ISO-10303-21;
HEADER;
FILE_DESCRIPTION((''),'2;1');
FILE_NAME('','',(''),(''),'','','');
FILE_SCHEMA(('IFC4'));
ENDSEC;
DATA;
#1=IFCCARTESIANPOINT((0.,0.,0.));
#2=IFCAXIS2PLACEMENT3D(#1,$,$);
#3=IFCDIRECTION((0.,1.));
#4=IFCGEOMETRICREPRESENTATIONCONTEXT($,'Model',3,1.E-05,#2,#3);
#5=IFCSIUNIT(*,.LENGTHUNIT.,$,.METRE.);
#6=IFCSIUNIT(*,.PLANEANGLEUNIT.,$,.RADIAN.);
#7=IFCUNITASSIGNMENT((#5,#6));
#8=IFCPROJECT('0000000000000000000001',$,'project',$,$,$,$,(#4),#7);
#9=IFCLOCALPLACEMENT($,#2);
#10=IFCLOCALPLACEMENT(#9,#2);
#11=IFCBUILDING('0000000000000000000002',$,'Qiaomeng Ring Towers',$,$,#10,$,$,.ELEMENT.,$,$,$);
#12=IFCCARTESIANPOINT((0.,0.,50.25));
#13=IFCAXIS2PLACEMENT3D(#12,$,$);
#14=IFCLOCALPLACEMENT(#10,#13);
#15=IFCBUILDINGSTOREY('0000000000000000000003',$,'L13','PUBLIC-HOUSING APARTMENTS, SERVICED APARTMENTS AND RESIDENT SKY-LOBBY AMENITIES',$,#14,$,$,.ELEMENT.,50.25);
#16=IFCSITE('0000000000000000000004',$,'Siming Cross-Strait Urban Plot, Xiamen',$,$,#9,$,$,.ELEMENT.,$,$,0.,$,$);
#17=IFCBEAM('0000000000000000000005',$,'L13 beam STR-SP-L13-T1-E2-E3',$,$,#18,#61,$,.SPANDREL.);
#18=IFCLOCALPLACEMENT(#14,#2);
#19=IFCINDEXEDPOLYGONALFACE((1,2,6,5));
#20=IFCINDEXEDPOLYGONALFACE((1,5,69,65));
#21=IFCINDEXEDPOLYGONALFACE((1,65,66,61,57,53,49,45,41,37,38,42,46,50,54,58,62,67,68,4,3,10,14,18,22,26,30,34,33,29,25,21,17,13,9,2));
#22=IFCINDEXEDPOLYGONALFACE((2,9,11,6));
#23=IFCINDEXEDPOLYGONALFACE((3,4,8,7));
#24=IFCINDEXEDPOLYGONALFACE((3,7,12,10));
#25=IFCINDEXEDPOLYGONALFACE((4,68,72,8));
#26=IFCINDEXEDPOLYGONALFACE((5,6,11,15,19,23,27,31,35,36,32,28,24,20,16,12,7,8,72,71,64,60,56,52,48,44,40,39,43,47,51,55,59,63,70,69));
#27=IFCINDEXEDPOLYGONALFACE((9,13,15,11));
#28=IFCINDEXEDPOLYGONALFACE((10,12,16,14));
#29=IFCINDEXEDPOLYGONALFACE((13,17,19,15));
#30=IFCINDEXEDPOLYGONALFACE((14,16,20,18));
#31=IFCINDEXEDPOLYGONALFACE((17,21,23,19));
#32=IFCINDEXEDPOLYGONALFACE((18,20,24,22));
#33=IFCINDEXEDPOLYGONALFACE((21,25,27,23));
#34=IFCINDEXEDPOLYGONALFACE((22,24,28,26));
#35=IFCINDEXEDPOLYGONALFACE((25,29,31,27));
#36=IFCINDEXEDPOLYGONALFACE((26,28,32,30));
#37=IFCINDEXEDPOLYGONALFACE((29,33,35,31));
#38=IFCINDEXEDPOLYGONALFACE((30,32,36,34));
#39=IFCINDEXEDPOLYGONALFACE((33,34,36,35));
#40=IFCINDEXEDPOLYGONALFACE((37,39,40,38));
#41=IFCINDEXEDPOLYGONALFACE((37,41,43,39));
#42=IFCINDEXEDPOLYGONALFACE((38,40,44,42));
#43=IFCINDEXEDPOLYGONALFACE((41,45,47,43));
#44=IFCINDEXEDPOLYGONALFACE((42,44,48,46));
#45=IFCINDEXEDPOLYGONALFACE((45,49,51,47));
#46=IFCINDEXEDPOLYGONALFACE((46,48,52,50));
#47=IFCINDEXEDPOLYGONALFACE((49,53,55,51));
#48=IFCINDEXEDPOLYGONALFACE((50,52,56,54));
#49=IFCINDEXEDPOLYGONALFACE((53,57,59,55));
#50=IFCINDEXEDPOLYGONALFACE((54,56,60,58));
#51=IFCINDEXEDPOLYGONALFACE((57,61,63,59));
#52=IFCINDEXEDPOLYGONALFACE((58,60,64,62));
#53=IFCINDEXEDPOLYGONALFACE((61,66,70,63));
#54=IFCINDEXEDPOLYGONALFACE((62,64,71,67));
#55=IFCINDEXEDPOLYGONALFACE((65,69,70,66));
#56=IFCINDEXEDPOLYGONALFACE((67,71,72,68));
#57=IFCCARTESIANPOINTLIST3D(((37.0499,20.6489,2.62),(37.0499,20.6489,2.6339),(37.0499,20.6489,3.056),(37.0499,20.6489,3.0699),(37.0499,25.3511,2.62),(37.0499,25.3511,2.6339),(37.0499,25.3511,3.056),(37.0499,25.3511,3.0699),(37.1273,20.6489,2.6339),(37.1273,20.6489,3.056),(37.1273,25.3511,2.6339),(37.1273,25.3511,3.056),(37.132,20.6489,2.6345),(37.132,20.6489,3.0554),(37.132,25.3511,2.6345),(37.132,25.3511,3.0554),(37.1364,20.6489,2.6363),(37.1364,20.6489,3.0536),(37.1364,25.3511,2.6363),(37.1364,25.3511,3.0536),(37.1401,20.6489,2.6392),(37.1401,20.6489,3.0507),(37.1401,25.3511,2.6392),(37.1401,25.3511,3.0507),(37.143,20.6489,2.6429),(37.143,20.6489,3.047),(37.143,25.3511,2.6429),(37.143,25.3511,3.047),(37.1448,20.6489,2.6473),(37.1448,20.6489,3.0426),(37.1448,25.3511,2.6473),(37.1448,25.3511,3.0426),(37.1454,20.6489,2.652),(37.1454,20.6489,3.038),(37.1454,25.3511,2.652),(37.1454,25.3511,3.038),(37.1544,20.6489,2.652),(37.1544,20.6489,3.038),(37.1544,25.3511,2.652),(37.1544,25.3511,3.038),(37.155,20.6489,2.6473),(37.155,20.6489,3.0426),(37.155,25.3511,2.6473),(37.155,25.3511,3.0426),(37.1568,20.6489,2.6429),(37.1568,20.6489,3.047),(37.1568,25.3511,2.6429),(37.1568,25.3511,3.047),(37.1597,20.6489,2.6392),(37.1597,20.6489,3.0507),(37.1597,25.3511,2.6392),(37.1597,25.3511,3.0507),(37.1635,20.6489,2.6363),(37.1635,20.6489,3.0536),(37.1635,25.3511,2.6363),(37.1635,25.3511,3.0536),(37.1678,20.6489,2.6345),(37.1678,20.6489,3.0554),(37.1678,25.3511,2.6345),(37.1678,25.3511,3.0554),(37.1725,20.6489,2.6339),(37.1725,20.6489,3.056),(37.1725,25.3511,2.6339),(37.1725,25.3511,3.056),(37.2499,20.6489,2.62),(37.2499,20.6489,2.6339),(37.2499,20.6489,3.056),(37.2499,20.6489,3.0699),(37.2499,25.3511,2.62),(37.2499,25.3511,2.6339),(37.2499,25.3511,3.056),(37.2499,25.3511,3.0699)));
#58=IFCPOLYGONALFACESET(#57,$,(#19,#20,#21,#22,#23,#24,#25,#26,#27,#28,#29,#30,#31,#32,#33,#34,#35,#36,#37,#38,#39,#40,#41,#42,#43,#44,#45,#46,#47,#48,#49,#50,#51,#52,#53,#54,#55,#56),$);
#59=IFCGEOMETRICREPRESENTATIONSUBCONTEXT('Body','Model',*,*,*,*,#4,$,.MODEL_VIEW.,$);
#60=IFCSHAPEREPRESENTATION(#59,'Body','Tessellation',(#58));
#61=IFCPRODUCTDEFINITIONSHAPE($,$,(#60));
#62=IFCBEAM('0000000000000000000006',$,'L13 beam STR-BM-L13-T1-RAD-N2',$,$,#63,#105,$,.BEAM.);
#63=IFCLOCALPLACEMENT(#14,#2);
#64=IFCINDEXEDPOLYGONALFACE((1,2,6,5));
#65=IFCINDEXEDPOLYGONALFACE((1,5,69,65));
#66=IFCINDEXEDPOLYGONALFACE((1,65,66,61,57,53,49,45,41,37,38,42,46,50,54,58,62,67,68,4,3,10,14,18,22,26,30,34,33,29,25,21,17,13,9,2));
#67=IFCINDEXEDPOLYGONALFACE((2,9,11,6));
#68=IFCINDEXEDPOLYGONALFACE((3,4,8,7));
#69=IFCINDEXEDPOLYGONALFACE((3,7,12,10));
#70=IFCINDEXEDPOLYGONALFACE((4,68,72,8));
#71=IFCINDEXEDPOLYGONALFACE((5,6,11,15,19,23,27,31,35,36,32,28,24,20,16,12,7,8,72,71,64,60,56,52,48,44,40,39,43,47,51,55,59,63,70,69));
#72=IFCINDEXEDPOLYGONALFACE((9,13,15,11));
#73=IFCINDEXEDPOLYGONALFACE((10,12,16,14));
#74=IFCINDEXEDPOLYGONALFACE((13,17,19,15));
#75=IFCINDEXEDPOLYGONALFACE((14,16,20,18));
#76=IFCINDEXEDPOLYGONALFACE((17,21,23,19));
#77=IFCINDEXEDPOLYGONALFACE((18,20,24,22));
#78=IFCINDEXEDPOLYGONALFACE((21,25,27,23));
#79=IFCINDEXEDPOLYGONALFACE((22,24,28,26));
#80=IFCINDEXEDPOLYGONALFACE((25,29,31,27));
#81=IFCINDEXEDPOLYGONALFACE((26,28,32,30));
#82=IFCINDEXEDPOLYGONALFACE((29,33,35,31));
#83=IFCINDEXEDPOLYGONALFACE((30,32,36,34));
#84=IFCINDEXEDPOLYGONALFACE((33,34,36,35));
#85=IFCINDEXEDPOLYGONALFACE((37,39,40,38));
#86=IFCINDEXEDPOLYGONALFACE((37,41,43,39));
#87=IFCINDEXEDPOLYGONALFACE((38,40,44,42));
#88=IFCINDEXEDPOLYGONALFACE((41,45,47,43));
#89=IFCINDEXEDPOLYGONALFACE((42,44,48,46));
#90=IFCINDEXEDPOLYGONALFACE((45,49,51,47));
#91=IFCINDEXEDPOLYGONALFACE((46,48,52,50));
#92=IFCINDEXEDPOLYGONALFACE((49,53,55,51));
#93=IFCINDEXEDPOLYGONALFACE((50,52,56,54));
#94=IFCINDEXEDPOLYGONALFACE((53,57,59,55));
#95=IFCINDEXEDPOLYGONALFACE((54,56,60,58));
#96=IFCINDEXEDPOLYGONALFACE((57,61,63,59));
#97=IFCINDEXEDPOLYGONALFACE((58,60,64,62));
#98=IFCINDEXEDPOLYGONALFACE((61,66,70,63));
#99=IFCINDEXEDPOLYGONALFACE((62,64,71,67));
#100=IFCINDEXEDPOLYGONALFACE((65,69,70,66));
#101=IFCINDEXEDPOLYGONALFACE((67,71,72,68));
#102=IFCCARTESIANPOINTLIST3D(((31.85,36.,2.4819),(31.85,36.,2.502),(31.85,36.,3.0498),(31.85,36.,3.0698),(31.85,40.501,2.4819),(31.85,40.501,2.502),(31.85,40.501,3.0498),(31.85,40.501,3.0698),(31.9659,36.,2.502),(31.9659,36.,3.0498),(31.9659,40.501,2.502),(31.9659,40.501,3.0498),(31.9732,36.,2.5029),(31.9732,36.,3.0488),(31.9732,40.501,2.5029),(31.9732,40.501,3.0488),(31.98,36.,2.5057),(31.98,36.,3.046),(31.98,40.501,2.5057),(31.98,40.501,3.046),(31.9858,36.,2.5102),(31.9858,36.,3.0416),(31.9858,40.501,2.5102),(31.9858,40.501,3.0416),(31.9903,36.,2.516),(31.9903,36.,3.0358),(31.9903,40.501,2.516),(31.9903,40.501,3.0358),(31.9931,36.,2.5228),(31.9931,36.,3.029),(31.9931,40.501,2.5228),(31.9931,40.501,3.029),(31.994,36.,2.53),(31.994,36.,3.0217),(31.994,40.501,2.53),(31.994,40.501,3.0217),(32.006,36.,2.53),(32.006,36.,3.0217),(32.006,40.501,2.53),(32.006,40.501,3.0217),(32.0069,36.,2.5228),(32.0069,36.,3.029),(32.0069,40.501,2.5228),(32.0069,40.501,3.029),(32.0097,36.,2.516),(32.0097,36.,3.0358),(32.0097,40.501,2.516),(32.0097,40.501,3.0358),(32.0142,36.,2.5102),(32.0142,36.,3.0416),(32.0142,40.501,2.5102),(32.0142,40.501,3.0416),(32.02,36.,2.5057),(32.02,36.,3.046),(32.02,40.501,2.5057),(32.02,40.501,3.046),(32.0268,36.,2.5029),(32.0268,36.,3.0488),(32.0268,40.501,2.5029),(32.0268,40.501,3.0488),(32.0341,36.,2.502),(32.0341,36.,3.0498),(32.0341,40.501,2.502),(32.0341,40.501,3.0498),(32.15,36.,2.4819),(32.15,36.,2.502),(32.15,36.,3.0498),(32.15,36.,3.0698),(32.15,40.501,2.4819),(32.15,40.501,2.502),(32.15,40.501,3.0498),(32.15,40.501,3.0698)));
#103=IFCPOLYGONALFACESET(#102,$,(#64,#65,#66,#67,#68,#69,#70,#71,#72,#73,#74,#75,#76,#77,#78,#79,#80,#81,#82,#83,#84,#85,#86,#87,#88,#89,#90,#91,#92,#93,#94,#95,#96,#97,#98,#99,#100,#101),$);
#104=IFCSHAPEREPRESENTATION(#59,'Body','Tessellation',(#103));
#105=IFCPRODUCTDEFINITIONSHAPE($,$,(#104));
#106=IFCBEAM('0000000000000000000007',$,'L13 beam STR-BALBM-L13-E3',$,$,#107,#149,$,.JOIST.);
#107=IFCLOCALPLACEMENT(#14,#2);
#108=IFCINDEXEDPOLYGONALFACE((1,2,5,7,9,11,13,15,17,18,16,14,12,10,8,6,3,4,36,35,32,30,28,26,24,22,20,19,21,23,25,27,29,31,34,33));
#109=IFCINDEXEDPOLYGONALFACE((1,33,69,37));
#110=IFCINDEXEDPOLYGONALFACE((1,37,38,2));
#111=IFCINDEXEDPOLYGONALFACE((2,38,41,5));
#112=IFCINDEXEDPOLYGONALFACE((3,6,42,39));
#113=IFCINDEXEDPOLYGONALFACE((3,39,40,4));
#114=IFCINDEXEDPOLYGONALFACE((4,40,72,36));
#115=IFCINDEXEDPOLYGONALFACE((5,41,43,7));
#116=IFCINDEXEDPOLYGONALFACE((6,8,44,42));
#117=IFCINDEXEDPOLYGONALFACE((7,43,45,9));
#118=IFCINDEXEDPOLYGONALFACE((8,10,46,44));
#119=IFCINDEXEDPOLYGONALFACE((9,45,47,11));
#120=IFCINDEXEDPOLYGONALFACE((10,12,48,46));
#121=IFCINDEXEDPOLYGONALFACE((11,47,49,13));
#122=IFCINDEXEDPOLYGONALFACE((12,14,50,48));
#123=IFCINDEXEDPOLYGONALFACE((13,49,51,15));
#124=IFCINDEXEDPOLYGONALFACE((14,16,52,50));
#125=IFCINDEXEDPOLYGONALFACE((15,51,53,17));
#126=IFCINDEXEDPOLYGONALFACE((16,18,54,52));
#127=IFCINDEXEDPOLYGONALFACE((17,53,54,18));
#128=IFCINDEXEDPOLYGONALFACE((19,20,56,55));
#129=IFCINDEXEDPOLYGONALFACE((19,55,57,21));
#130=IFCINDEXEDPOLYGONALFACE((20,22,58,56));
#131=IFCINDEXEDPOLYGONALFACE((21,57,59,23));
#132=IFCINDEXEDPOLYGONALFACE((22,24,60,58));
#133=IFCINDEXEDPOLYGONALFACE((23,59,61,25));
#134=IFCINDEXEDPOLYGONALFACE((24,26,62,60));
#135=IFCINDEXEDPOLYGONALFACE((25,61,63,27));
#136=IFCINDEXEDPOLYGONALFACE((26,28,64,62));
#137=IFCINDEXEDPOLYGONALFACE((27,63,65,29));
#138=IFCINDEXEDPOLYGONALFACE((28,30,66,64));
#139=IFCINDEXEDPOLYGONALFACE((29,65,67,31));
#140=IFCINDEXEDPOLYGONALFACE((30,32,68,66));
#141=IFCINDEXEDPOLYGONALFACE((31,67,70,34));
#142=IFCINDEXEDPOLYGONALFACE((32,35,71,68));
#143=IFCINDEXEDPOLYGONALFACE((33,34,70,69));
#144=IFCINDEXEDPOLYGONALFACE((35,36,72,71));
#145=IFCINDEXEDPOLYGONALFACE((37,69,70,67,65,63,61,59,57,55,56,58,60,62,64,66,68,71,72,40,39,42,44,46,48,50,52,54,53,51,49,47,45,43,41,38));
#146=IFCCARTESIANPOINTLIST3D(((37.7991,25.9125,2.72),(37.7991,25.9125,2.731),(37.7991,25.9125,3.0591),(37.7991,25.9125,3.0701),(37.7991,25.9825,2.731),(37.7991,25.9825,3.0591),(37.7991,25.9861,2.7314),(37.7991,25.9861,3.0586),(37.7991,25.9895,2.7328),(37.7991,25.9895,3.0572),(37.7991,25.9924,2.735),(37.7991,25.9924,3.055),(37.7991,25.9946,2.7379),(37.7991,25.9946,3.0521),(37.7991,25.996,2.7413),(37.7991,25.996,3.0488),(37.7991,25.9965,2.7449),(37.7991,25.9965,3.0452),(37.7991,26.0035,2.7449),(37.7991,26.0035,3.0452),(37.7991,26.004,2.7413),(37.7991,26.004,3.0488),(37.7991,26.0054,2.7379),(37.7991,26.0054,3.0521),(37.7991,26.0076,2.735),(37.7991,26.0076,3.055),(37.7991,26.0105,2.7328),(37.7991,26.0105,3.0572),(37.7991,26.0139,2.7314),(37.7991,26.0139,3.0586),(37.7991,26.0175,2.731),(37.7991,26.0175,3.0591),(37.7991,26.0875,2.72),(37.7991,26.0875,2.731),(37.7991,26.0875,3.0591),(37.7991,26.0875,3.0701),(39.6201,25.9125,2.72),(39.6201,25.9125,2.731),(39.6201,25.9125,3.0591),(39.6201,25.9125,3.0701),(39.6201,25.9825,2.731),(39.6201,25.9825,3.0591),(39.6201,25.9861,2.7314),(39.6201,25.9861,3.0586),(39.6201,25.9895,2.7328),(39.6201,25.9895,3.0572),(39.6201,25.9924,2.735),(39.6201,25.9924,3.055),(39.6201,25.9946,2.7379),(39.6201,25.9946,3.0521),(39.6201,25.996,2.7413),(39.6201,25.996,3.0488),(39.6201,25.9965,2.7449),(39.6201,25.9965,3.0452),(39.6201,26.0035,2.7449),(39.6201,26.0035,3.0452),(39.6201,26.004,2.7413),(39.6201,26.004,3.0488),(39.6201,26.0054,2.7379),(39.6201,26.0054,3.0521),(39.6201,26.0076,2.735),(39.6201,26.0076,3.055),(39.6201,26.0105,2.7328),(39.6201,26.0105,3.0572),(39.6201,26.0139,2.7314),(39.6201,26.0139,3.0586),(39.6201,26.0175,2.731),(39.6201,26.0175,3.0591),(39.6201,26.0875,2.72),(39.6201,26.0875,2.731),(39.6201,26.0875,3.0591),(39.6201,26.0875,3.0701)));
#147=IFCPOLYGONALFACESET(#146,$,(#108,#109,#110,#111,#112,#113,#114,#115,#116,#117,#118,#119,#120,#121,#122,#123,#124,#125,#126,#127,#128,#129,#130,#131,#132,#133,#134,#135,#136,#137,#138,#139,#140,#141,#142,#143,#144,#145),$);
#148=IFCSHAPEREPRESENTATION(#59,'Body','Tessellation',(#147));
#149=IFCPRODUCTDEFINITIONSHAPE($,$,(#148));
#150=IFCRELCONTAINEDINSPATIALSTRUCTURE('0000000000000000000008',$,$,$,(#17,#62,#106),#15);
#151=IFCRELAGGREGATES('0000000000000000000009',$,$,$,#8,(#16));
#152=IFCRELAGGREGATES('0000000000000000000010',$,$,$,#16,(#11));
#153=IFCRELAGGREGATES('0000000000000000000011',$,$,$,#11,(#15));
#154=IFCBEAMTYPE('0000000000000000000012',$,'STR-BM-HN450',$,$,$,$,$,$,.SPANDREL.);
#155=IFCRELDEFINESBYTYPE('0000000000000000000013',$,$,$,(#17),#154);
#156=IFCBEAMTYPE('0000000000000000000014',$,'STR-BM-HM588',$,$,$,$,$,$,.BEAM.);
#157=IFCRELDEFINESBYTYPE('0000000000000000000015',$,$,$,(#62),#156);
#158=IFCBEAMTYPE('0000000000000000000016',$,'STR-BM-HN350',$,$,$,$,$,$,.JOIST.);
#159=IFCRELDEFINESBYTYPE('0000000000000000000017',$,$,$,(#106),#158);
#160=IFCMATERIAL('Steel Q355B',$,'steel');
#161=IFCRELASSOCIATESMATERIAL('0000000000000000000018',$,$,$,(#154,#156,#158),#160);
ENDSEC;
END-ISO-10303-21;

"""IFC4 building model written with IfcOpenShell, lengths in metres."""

from ifc_helpers import new_model, si_unit, direction, frame, origin, origin_2d, place, context, subcontext, project, spatial, i_section, extrude, source, transform, mapped, material, material_profile, profile_set, type_object, element, save


model = new_model("IFC4")

# Units and contexts
model_context = context("Model", 3, precision=1e-05, world=origin(), true_north=direction((0.0, 1.0)))
body_context = subcontext(model_context, "Body", "Model", "MODEL_VIEW")
ifc_project = project(units=[si_unit("LENGTHUNIT", "METRE"), si_unit("PLANEANGLEUNIT", "RADIAN")], contexts=[model_context])

# Site, building, storey
site_placement = place(None, origin())
site = spatial("IfcSite", under=ifc_project, at=site_placement, Name="Siming Cross-Strait Urban Plot, Xiamen", CompositionType="ELEMENT", RefElevation=0.0)
building_placement = place(site_placement, origin())
building = spatial("IfcBuilding", under=site, at=building_placement, Name="Qiaomeng Ring Towers", CompositionType="ELEMENT")
storey_placement = place(building_placement, frame((0.0, 0.0, 50.25)))
storey = spatial("IfcBuildingStorey", under=building, at=storey_placement, Name="L13", Description="PUBLIC-HOUSING APARTMENTS, SERVICED APARTMENTS AND RESIDENT SKY-LOBBY AMENITIES", CompositionType="ELEMENT", Elevation=50.25)

# Beams
ifc_material_1 = material(Name="Steel Q355B", Category="steel")
ifc_material_profile_1 = material_profile(ifc_material_1, i_section(OverallWidth=0.2, OverallDepth=0.45, WebThickness=0.009, FlangeThickness=0.0139, FilletRadius=0.0181, at=origin_2d()), Name="HN 450x200x9x14")
ifc_profile_set_1 = profile_set([ifc_material_profile_1], Name="Steel Q355B")
beam_type_1 = type_object("IfcBeamType", Name="STR-BM-HN450", PredefinedType="SPANDREL", material=ifc_profile_set_1)
shared_shape_1 = source(origin(), body_context, "Body", "SweptSolid", [
    extrude(i_section(OverallWidth=0.2, OverallDepth=0.45, WebThickness=0.009, FlangeThickness=0.0139, FilletRadius=0.0181, at=origin_2d()), origin(), (0.0, 0.0, 1.0), 4.7021),
])
beam_1_placement = place(storey_placement, frame((37.1499, 20.6489, 2.845), z_axis=(0.0, 1.0, 0.0), x_axis=(-1.0, 0.0, 0.0)))
element("IfcBeam", 1, at=beam_1_placement, inside=storey, type_object=beam_type_1, Name="L13 beam STR-SP-L13-T1-E2-E3", PredefinedType="SPANDREL", context=body_context, shape_type="MappedRepresentation", body=[
    mapped(shared_shape_1, transform((0.0, 0.0, 0.0), x_axis=(1.0, 0.0, 0.0), y_axis=(0.0, 1.0, 0.0), z_axis=(0.0, 0.0, 1.0), scale=1.0)),
])
ifc_material_profile_2 = material_profile(ifc_material_1, i_section(OverallWidth=0.3, OverallDepth=0.5879, WebThickness=0.012, FlangeThickness=0.02, FilletRadius=0.0281, at=origin_2d()), Name="HM 588x300x12x20")
ifc_profile_set_2 = profile_set([ifc_material_profile_2], Name="Steel Q355B")
beam_type_2 = type_object("IfcBeamType", Name="STR-BM-HM588", PredefinedType="BEAM", material=ifc_profile_set_2)
shared_shape_2 = source(origin(), body_context, "Body", "SweptSolid", [
    extrude(i_section(OverallWidth=0.3, OverallDepth=0.5879, WebThickness=0.012, FlangeThickness=0.02, FilletRadius=0.0281, at=origin_2d()), origin(), (0.0, 0.0, 1.0), 4.501),
])
beam_2_placement = place(storey_placement, frame((32.0, 40.501, 2.7759), z_axis=(0.0, -1.0, 0.0), x_axis=(1.0, 0.0, 0.0)))
element("IfcBeam", 2, at=beam_2_placement, inside=storey, type_object=beam_type_2, Name="L13 beam STR-BM-L13-T1-RAD-N2", PredefinedType="BEAM", context=body_context, shape_type="MappedRepresentation", body=[
    mapped(shared_shape_2, transform((0.0, 0.0, 0.0), x_axis=(1.0, 0.0, 0.0), y_axis=(0.0, 1.0, 0.0), z_axis=(0.0, 0.0, 1.0), scale=1.0)),
])
ifc_material_profile_3 = material_profile(ifc_material_1, i_section(OverallWidth=0.175, OverallDepth=0.3501, WebThickness=0.0071, FlangeThickness=0.011, FilletRadius=0.0139, at=origin_2d()), Name="HN 350x175x7x11")
ifc_profile_set_3 = profile_set([ifc_material_profile_3], Name="Steel Q355B")
beam_type_3 = type_object("IfcBeamType", Name="STR-BM-HN350", PredefinedType="JOIST", material=ifc_profile_set_3)
shared_shape_3 = source(origin(), body_context, "Body", "SweptSolid", [
    extrude(i_section(OverallWidth=0.175, OverallDepth=0.3501, WebThickness=0.0071, FlangeThickness=0.011, FilletRadius=0.0139, at=origin_2d()), origin(), (0.0, 0.0, 1.0), 1.821),
])
beam_3_placement = place(storey_placement, frame((37.7991, 26.0, 2.895), z_axis=(1.0, 0.0, 0.0), x_axis=(0.0, 1.0, 0.0)))
element("IfcBeam", 3, at=beam_3_placement, inside=storey, type_object=beam_type_3, Name="L13 beam STR-BALBM-L13-E3", PredefinedType="JOIST", context=body_context, shape_type="MappedRepresentation", body=[
    mapped(shared_shape_3, transform((0.0, 0.0, 0.0), x_axis=(1.0, 0.0, 0.0), y_axis=(0.0, 1.0, 0.0), z_axis=(0.0, 0.0, 1.0), scale=1.0)),
])

save(model, "model.ifc")
